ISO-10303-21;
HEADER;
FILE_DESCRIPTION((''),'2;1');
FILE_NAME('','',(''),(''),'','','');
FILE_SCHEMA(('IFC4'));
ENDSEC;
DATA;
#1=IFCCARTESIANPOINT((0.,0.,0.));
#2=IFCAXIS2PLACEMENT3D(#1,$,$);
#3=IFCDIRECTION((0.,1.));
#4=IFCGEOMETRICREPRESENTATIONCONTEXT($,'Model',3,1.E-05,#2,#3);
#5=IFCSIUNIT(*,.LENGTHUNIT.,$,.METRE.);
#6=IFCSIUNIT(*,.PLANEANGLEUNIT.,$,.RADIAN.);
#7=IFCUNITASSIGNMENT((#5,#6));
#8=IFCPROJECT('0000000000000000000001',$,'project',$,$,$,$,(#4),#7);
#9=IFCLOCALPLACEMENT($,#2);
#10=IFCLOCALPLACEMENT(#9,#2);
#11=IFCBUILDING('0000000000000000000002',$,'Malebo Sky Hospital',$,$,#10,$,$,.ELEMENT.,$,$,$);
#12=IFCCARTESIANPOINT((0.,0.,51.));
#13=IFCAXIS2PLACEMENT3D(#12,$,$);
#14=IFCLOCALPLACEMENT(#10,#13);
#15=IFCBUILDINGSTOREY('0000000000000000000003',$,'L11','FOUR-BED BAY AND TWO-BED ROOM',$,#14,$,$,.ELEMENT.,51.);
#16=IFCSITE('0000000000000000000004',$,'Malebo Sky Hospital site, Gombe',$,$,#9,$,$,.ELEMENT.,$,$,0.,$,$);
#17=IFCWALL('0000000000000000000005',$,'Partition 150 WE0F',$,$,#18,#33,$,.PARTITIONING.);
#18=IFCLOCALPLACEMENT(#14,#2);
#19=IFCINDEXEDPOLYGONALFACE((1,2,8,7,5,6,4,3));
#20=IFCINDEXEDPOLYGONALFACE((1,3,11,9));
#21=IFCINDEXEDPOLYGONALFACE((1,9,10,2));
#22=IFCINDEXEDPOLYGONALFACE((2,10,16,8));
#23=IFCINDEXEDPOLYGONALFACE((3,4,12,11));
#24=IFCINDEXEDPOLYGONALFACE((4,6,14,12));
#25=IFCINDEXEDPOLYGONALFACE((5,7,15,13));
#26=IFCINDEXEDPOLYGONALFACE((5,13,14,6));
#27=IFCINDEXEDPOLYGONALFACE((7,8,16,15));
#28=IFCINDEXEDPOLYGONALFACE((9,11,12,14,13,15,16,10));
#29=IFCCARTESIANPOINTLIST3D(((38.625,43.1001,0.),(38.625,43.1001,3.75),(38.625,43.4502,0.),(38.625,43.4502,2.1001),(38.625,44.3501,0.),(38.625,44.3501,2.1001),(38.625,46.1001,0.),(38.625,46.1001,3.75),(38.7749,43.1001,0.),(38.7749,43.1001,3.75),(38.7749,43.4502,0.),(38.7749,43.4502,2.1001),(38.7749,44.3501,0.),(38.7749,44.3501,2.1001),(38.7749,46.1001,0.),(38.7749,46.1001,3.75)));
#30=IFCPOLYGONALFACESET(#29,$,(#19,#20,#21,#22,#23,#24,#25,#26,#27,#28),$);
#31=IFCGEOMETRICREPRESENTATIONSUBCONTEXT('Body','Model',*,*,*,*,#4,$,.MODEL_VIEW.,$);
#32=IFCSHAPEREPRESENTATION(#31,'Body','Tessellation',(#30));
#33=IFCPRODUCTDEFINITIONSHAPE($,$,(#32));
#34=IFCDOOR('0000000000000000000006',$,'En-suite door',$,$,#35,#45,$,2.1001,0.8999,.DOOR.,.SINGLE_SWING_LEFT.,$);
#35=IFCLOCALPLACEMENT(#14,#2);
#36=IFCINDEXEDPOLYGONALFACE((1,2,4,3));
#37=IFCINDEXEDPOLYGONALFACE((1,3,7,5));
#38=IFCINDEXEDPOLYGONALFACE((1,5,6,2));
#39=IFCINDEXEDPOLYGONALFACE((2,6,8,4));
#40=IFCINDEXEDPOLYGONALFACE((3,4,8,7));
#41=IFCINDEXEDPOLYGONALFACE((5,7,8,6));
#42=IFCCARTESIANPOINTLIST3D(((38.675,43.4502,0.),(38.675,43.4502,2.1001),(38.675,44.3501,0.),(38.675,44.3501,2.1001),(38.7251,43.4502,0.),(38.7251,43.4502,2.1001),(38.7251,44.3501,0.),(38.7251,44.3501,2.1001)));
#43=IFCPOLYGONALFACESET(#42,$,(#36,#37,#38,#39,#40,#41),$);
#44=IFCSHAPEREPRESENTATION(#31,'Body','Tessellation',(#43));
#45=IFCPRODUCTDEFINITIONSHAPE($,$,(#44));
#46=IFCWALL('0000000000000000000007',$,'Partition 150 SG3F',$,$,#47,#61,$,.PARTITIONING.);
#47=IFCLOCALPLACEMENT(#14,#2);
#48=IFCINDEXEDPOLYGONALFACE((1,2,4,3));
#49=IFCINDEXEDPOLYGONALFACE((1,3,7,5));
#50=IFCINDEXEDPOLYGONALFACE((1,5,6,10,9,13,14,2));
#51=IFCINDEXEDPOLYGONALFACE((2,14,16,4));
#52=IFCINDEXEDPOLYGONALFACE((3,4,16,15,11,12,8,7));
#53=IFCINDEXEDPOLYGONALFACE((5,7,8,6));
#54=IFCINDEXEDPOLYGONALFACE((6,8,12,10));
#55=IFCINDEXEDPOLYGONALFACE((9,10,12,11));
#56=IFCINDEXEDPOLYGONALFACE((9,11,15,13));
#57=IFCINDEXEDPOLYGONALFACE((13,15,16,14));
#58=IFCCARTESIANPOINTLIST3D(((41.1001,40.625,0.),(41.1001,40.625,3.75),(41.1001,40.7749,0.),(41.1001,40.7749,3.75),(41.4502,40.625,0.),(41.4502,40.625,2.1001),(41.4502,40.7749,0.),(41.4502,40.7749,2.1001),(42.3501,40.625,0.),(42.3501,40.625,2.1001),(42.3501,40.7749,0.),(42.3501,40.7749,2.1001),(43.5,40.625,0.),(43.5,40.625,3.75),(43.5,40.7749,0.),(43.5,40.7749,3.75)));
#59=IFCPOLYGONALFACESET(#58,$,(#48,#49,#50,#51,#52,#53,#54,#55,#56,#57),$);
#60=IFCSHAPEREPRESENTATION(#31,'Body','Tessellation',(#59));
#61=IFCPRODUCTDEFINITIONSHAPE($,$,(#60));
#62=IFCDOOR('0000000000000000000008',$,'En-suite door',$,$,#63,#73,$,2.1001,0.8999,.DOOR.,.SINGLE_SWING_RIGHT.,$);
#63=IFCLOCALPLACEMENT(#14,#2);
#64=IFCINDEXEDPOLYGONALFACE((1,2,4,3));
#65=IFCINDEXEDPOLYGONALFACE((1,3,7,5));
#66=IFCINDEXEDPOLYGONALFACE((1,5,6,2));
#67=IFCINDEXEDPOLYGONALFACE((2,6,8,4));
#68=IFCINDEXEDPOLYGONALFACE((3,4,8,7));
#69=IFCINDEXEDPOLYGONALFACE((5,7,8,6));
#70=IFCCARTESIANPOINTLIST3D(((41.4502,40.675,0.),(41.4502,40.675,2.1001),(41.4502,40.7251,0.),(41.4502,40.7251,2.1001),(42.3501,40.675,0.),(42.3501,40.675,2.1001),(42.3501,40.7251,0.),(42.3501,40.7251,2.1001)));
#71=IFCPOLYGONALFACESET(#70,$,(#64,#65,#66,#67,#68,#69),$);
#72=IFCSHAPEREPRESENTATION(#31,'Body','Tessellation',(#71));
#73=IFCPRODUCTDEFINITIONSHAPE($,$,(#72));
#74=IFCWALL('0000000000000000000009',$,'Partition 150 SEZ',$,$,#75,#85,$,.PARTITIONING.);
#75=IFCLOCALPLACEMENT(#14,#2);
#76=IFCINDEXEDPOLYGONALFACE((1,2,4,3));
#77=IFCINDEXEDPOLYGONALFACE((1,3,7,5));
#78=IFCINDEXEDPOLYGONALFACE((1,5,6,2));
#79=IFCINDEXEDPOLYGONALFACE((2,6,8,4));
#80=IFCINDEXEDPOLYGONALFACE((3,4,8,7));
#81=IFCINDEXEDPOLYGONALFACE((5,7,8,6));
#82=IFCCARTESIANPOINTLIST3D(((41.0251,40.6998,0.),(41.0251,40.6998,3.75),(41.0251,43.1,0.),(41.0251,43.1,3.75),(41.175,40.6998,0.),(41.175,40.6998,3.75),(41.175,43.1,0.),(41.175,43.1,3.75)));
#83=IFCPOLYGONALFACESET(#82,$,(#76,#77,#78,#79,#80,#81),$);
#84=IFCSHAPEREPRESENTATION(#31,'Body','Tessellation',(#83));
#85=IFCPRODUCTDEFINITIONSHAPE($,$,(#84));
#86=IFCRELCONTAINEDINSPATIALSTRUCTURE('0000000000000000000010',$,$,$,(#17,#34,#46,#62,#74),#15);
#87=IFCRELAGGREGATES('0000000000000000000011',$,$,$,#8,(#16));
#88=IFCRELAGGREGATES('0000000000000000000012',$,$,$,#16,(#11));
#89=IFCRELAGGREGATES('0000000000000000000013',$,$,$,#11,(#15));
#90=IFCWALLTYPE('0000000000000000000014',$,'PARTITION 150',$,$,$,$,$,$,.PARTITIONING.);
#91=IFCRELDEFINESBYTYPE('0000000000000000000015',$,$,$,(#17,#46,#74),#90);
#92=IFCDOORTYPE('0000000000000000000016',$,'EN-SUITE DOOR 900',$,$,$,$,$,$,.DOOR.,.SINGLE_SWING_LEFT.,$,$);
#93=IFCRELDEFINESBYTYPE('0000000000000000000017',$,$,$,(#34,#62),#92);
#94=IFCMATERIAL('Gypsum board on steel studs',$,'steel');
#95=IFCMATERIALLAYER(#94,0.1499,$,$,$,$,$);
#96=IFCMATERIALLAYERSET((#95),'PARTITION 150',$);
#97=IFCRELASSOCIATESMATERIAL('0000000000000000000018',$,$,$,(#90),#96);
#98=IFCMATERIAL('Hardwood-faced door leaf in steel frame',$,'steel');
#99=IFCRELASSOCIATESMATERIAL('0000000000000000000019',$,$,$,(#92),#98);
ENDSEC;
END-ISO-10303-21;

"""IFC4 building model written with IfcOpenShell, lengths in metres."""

from ifc_helpers import new_model, si_unit, direction, frame, frame_2d, origin, place, context, subcontext, project, spatial, rectangle, extrude, material, layer, layer_set, type_object, element, fill, save


model = new_model("IFC4")

# Units and contexts
model_context = context("Model", 3, precision=1e-05, world=origin(), true_north=direction((0.0, 1.0)))
body_context = subcontext(model_context, "Body", "Model", "MODEL_VIEW")
ifc_project = project(units=[si_unit("LENGTHUNIT", "METRE"), si_unit("PLANEANGLEUNIT", "RADIAN")], contexts=[model_context])

# Site, building, storey
site_placement = place(None, origin())
site = spatial("IfcSite", under=ifc_project, at=site_placement, Name="Malebo Sky Hospital site, Gombe", CompositionType="ELEMENT", RefElevation=0.0)
building_placement = place(site_placement, origin())
building = spatial("IfcBuilding", under=site, at=building_placement, Name="Malebo Sky Hospital", CompositionType="ELEMENT")
storey_placement = place(building_placement, frame((0.0, 0.0, 51.0)))
storey = spatial("IfcBuildingStorey", under=building, at=storey_placement, Name="L11", Description="FOUR-BED BAY AND TWO-BED ROOM", CompositionType="ELEMENT", Elevation=51.0)

# Shared definitions
ifc_material_1 = material(Name="Gypsum board on steel studs", Category="steel")
ifc_material_2 = material(Name="Hardwood-faced door leaf in steel frame", Category="steel")

# Shared definitions
ifc_layer_1 = layer(ifc_material_1, 0.1499)
ifc_layer_set_1 = layer_set([ifc_layer_1], Name="PARTITION 150")
wall_type_1 = type_object("IfcWallType", Name="PARTITION 150", PredefinedType="PARTITIONING", material=ifc_layer_set_1)

# Walls, openings, doors
wall_1_placement = place(storey_placement, frame((38.7, 43.1001, 0.0), z_axis=(0.0, 0.0, 1.0), x_axis=(0.0, 1.0, 0.0)))
wall_1 = element("IfcWall", 1, at=wall_1_placement, inside=storey, type_object=wall_type_1, Name="Partition 150 WE0F", PredefinedType="PARTITIONING", context=body_context, shape_type="SweptSolid", body=[
    extrude(rectangle(XDim=3.0, YDim=0.1499, at=frame_2d((1.5, 0.0))), origin(), (0.0, 0.0, 1.0), 3.75),
])
opening_1_placement = place(wall_1_placement, frame((0.3501, 0.0, 0.0)))
opening_1 = element("IfcOpeningElement", 2, at=opening_1_placement, cuts=wall_1, PredefinedType="OPENING", context=body_context, shape_type="SweptSolid", body=[
    extrude(rectangle(XDim=0.8999, YDim=2.1001, at=frame_2d((0.45, 1.05))), frame((0.0, 0.085, 0.0), z_axis=(0.0, -1.0, 0.0), x_axis=(1.0, 0.0, 0.0)), (0.0, 0.0, 1.0), 0.1699),
])
door_type_1 = type_object("IfcDoorType", Name="EN-SUITE DOOR 900", OperationType="SINGLE_SWING_LEFT", PredefinedType="DOOR", material=ifc_material_2)
door_1_placement = place(opening_1_placement, origin())
door_1 = element("IfcDoor", 3, at=door_1_placement, inside=storey, type_object=door_type_1, Name="En-suite door", OperationType="SINGLE_SWING_LEFT", OverallHeight=2.1001, OverallWidth=0.8999, PredefinedType="DOOR", context=body_context, shape_type="SweptSolid", body=[
    extrude(rectangle(XDim=0.8999, YDim=2.1001, at=frame_2d((0.45, 1.05))), frame((0.0, 0.0249, 0.0), z_axis=(0.0, -1.0, 0.0), x_axis=(1.0, 0.0, 0.0)), (0.0, 0.0, 1.0), 0.05),
])
fill(opening_1, door_1)
wall_2_placement = place(storey_placement, frame((43.5, 40.7, 0.0), z_axis=(0.0, 0.0, 1.0), x_axis=(-1.0, 0.0, 0.0)))
wall_2 = element("IfcWall", 4, at=wall_2_placement, inside=storey, type_object=wall_type_1, Name="Partition 150 SG3F", PredefinedType="PARTITIONING", context=body_context, shape_type="SweptSolid", body=[
    extrude(rectangle(XDim=2.3999, YDim=0.1499, at=frame_2d((1.2, 0.0))), origin(), (0.0, 0.0, 1.0), 3.75),
])
opening_2_placement = place(wall_2_placement, frame((1.1499, 0.0, 0.0)))
opening_2 = element("IfcOpeningElement", 5, at=opening_2_placement, cuts=wall_2, PredefinedType="OPENING", context=body_context, shape_type="SweptSolid", body=[
    extrude(rectangle(XDim=0.8999, YDim=2.1001, at=frame_2d((0.45, 1.05))), frame((0.0, 0.085, 0.0), z_axis=(0.0, -1.0, 0.0), x_axis=(1.0, 0.0, 0.0)), (0.0, 0.0, 1.0), 0.1699),
])
door_2_placement = place(opening_2_placement, origin())
door_2 = element("IfcDoor", 6, at=door_2_placement, inside=storey, type_object=door_type_1, Name="En-suite door", OperationType="SINGLE_SWING_RIGHT", OverallHeight=2.1001, OverallWidth=0.8999, PredefinedType="DOOR", context=body_context, shape_type="SweptSolid", body=[
    extrude(rectangle(XDim=0.8999, YDim=2.1001, at=frame_2d((0.45, 1.05))), frame((0.0, 0.0249, 0.0), z_axis=(0.0, -1.0, 0.0), x_axis=(1.0, 0.0, 0.0)), (0.0, 0.0, 1.0), 0.05),
])
fill(opening_2, door_2)

# Wall
wall_3_placement = place(storey_placement, frame((41.1001, 43.1001, 0.0), z_axis=(0.0, 0.0, 1.0), x_axis=(0.0, -1.0, 0.0)))
element("IfcWall", 7, at=wall_3_placement, inside=storey, type_object=wall_type_1, Name="Partition 150 SEZ", PredefinedType="PARTITIONING", context=body_context, shape_type="SweptSolid", body=[
    extrude(rectangle(XDim=2.4001, YDim=0.1499, at=frame_2d((1.2002, 0.0))), origin(), (0.0, 0.0, 1.0), 3.75),
])

save(model, "model.ifc")
